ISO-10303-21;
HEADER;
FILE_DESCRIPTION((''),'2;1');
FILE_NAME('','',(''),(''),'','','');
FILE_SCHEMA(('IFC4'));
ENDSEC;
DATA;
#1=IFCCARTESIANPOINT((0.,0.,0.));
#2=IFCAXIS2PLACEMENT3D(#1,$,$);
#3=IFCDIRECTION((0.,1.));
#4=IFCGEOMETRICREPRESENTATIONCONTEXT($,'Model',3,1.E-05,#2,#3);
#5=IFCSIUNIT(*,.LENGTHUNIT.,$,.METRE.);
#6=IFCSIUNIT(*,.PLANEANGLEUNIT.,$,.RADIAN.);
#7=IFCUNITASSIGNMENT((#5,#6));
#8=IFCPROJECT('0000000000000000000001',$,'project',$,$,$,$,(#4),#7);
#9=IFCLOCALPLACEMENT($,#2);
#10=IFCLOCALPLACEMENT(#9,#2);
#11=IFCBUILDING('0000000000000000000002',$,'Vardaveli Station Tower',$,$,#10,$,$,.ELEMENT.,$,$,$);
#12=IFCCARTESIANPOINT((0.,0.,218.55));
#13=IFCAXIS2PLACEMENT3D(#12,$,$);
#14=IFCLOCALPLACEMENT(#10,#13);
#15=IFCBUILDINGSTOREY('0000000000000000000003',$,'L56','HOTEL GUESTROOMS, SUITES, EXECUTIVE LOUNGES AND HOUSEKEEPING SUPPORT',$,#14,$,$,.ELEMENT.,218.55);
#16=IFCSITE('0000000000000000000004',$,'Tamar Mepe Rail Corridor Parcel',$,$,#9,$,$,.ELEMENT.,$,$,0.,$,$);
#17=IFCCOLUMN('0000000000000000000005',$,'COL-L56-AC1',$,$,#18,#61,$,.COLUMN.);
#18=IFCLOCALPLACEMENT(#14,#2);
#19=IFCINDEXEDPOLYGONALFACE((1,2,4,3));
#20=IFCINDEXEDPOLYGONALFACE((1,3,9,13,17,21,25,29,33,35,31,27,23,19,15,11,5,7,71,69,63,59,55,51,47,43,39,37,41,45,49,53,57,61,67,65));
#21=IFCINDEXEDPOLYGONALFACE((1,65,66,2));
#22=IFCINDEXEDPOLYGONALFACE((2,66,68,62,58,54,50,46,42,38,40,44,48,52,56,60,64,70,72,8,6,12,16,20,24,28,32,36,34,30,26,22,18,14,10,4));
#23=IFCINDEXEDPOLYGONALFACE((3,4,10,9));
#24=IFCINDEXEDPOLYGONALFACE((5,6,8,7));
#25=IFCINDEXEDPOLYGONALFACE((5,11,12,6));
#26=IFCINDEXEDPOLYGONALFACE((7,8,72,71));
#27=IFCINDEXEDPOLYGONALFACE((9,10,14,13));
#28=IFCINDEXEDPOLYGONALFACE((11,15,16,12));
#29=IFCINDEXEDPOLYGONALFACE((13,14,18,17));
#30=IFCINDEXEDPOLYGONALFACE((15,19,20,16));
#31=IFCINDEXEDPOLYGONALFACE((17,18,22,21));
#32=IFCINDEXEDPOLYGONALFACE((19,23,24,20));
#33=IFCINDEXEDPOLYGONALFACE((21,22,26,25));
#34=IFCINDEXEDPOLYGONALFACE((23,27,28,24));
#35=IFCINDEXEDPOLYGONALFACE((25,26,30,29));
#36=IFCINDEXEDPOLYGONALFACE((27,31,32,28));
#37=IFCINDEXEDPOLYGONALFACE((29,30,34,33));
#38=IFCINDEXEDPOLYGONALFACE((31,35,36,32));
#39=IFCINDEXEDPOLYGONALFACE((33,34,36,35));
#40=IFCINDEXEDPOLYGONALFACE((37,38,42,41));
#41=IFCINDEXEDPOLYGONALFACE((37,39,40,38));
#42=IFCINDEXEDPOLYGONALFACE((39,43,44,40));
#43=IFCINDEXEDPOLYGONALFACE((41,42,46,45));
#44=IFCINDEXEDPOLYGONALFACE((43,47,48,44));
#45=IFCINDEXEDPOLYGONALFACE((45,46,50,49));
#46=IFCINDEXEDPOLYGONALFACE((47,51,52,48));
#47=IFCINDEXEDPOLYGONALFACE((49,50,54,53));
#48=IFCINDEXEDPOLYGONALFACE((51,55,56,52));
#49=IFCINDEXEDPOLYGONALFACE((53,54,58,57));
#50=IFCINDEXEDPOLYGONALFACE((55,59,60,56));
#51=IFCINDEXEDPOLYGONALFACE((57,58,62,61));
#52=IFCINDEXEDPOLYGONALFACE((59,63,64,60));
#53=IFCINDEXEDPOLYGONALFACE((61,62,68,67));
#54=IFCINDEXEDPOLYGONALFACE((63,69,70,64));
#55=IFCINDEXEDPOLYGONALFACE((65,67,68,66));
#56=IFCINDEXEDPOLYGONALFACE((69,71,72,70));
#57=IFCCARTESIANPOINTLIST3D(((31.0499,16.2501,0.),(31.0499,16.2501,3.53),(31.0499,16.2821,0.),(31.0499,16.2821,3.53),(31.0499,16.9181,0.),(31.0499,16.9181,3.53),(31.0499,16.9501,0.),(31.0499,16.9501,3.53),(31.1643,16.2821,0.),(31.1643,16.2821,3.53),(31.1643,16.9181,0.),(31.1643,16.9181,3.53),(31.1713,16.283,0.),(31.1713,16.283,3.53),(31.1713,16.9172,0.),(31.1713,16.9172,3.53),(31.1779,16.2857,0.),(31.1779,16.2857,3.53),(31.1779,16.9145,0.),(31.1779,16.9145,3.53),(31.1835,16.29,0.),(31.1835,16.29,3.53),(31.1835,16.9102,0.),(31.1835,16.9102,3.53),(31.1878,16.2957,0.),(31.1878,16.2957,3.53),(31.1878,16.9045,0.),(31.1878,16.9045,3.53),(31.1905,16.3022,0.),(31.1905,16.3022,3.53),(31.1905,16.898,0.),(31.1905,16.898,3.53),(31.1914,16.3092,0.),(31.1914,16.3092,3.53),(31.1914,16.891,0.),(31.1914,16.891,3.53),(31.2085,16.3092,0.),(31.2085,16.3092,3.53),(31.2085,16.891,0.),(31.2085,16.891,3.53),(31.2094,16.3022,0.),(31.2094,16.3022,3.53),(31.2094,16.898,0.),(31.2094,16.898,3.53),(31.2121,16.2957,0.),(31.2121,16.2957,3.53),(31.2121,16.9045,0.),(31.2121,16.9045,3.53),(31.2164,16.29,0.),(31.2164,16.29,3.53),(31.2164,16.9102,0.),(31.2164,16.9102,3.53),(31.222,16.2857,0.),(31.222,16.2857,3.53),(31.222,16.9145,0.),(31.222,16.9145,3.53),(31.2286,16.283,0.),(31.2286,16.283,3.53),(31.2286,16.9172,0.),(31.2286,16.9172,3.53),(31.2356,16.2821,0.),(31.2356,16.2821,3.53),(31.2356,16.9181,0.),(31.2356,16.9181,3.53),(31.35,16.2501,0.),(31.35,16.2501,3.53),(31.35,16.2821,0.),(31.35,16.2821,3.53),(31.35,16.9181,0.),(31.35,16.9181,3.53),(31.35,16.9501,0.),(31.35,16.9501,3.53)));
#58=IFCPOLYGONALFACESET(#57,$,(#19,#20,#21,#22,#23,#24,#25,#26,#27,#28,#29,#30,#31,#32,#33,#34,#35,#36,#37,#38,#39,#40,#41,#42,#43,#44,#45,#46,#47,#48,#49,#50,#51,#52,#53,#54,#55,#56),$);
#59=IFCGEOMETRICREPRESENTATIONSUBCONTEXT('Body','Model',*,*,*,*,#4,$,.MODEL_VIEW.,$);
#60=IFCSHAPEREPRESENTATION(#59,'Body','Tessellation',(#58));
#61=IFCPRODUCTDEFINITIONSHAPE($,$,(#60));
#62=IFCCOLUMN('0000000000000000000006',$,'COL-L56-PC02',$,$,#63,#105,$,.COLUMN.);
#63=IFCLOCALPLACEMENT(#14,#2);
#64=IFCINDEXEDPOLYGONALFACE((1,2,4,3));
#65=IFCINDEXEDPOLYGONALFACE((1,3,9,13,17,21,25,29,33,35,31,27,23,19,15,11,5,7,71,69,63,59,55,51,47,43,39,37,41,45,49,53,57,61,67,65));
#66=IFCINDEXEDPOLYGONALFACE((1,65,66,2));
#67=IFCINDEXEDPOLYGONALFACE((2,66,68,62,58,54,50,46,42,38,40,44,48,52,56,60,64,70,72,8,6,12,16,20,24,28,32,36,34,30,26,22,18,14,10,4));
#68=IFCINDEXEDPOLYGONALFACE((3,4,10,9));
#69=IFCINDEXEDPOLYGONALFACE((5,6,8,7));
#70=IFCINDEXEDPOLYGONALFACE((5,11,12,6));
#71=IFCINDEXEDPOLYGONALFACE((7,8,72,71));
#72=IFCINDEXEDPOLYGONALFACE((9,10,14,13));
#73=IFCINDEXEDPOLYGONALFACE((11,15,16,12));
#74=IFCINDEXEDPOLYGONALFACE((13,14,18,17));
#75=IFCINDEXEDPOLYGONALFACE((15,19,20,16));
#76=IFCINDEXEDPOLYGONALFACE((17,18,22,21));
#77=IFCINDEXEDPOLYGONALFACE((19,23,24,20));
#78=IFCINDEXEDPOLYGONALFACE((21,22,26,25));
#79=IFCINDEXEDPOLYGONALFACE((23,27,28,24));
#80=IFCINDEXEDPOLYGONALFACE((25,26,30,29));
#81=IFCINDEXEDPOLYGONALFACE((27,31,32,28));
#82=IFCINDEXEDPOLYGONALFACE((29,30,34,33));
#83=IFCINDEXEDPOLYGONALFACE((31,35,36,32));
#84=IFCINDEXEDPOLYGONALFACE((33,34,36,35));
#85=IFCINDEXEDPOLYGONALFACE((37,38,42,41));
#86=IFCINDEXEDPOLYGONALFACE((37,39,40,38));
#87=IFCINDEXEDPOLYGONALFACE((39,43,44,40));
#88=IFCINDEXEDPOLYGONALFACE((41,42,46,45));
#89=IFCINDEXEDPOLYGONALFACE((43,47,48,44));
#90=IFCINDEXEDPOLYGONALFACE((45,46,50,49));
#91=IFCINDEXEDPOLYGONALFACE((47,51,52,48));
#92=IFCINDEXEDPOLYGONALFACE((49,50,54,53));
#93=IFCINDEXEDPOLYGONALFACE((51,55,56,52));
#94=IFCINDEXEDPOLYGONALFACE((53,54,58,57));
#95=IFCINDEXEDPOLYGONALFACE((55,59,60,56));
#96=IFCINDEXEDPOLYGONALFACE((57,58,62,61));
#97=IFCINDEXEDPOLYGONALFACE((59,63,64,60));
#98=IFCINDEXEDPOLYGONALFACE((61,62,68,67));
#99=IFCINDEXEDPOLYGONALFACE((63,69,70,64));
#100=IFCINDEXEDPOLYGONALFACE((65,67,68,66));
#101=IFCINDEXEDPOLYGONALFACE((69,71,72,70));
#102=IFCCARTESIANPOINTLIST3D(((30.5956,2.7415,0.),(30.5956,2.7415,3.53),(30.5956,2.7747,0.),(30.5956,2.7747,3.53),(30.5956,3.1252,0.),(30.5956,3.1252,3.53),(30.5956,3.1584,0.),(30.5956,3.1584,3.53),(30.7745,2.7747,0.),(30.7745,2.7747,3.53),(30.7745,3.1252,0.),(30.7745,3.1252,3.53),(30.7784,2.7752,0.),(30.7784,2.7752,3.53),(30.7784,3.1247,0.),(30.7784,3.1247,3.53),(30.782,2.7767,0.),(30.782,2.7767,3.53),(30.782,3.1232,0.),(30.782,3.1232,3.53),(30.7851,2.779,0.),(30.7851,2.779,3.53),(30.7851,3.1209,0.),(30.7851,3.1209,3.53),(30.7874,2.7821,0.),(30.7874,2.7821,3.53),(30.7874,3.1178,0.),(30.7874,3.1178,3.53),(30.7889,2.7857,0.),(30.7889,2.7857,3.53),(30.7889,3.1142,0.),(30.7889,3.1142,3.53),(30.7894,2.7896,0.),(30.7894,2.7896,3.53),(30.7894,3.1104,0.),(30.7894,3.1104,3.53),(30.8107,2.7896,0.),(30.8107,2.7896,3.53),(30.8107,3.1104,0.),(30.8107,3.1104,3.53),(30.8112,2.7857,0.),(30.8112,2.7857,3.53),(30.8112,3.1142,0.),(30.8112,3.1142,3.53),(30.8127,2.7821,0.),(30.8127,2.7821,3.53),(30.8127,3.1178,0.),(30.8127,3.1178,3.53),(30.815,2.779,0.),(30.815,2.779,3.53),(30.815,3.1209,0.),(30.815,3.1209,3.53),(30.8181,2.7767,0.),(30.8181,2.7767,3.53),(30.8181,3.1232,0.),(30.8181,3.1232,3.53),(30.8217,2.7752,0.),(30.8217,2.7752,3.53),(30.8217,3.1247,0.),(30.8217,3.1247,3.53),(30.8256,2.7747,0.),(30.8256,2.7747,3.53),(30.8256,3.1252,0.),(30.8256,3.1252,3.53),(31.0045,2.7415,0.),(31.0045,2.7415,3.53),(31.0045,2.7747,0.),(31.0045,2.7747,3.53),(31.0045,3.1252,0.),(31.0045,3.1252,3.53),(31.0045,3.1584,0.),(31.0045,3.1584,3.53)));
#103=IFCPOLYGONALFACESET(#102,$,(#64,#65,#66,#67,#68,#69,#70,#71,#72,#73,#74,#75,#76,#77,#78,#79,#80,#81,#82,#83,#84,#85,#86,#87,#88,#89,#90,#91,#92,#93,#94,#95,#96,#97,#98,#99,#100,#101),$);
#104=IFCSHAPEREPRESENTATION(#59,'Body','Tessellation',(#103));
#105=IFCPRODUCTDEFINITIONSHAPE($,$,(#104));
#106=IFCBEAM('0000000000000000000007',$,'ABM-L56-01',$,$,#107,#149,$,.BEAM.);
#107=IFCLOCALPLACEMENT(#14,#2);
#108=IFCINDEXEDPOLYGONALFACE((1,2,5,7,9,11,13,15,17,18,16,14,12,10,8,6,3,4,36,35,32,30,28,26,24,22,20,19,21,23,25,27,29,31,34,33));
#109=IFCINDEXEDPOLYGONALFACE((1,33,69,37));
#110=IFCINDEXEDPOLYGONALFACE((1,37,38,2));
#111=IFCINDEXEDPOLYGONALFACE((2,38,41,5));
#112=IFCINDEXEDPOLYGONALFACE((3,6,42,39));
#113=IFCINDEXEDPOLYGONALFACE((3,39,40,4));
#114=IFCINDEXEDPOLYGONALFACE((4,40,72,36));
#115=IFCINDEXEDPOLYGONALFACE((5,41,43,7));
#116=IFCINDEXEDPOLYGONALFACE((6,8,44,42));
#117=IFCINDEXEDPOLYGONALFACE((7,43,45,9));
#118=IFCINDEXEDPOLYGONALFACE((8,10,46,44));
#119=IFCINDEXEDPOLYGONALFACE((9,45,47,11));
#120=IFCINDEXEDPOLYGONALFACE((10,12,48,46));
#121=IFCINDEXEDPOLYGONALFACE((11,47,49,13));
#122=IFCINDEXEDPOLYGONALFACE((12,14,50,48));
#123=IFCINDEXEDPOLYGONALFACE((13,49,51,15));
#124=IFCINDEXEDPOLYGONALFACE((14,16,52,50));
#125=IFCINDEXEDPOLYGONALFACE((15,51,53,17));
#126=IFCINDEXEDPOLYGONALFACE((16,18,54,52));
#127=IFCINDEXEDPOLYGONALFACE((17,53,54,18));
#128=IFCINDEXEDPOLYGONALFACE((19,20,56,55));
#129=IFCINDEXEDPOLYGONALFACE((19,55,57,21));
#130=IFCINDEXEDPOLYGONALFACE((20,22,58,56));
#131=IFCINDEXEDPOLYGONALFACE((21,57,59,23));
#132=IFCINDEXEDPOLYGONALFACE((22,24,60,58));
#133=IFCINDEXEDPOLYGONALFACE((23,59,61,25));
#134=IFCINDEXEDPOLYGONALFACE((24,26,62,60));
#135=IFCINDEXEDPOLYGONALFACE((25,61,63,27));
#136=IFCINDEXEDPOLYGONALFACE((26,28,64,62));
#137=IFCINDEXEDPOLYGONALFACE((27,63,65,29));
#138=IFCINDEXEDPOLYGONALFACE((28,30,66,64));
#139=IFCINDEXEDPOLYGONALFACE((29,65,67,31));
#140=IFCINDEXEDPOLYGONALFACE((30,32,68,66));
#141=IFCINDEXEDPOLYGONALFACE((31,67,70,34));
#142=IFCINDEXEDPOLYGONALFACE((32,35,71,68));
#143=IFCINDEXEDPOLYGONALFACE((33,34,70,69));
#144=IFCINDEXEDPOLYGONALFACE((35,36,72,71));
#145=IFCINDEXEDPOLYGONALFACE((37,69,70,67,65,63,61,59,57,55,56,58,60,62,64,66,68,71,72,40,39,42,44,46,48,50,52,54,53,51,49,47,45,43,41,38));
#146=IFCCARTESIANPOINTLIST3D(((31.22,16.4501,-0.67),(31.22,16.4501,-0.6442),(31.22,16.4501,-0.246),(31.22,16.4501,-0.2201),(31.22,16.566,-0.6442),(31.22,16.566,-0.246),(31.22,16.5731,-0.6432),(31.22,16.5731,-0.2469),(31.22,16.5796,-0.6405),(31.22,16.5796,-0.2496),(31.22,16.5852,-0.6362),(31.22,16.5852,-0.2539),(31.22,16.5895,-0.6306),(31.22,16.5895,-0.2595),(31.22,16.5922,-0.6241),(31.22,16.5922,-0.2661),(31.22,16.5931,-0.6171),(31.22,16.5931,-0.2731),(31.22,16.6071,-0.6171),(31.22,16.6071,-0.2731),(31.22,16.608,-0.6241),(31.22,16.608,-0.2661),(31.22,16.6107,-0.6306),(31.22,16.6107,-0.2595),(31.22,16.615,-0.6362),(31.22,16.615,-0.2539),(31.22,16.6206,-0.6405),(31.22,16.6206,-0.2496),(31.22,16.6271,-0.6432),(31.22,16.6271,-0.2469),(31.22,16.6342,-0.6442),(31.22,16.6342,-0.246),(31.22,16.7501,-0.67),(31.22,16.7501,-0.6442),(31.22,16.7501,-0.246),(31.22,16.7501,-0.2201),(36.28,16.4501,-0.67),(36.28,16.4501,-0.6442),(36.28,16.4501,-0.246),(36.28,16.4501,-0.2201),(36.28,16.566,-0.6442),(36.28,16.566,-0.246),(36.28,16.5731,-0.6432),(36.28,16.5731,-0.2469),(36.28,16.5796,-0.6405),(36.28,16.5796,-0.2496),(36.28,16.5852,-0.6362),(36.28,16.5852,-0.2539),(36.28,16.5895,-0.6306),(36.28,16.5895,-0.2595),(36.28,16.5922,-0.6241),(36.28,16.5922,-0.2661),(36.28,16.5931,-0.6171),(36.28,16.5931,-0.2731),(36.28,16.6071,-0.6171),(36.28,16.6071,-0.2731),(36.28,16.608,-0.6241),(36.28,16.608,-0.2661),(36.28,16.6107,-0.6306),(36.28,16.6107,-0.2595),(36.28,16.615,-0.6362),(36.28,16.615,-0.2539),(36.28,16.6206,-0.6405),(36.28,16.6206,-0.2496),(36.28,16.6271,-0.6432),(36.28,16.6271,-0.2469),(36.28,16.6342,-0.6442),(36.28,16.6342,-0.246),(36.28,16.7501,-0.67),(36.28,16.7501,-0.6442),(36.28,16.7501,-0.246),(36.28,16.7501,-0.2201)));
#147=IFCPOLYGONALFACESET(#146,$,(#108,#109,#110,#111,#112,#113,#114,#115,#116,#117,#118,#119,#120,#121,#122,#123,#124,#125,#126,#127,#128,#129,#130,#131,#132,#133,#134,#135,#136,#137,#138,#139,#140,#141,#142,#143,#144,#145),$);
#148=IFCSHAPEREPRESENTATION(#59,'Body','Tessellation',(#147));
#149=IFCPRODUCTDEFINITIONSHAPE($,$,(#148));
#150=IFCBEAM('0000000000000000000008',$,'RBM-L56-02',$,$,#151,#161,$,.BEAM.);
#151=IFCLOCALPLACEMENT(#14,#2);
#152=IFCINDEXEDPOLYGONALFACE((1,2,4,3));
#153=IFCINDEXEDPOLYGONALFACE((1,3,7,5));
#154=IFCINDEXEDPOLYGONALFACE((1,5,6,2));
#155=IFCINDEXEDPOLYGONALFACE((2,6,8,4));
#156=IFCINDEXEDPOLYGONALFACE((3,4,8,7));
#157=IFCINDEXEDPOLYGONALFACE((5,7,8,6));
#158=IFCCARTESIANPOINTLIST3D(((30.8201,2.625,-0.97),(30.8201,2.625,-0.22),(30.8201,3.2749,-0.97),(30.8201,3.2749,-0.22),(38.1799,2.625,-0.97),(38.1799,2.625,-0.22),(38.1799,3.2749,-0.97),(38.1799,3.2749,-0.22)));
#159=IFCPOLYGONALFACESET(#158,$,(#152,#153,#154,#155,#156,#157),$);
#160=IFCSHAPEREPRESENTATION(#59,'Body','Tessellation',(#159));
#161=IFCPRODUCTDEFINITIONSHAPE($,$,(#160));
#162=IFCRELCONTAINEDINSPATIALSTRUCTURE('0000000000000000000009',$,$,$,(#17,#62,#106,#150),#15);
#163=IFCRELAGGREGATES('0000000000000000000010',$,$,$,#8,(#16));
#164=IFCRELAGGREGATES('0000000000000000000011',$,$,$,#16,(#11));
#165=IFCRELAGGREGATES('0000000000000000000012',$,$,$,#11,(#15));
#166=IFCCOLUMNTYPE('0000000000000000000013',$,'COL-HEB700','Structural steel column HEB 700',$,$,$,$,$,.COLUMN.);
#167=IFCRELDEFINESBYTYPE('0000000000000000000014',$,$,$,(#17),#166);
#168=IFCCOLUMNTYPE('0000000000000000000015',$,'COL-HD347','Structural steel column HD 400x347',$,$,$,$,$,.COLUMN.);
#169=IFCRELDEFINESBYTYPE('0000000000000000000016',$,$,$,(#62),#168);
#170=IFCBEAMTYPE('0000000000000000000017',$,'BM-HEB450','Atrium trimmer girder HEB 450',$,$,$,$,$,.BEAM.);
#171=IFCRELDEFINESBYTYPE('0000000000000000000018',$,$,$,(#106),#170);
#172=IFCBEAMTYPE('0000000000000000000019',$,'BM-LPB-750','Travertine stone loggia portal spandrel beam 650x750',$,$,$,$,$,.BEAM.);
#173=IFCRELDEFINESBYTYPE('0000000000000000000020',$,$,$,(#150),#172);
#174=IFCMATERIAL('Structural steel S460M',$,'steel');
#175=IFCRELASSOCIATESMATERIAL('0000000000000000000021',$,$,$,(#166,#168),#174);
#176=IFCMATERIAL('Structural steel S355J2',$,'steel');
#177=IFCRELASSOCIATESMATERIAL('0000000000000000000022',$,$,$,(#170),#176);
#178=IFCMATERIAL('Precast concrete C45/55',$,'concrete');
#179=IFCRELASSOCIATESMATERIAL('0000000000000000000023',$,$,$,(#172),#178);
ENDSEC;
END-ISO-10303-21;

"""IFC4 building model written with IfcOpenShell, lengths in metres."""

from ifc_helpers import new_model, si_unit, direction, frame, origin, origin_2d, place, context, subcontext, project, spatial, rectangle, i_section, extrude, source, transform, mapped, material, material_profile, profile_set, type_object, element, save


model = new_model("IFC4")

# Units and contexts
model_context = context("Model", 3, precision=1e-05, world=origin(), true_north=direction((0.0, 1.0)))
body_context = subcontext(model_context, "Body", "Model", "MODEL_VIEW")
ifc_project = project(units=[si_unit("LENGTHUNIT", "METRE"), si_unit("PLANEANGLEUNIT", "RADIAN")], contexts=[model_context])

# Site, building, storey
site_placement = place(None, origin())
site = spatial("IfcSite", under=ifc_project, at=site_placement, Name="Tamar Mepe Rail Corridor Parcel", CompositionType="ELEMENT", RefElevation=0.0)
building_placement = place(site_placement, origin())
building = spatial("IfcBuilding", under=site, at=building_placement, Name="Vardaveli Station Tower", CompositionType="ELEMENT")
storey_placement = place(building_placement, frame((0.0, 0.0, 218.55)))
storey = spatial("IfcBuildingStorey", under=building, at=storey_placement, Name="L56", Description="HOTEL GUESTROOMS, SUITES, EXECUTIVE LOUNGES AND HOUSEKEEPING SUPPORT", CompositionType="ELEMENT", Elevation=218.55)

# Columns
ifc_material_1 = material(Name="Structural steel S460M", Category="steel")
ifc_material_profile_1 = material_profile(ifc_material_1, i_section(OverallWidth=0.3, OverallDepth=0.7, WebThickness=0.0171, FlangeThickness=0.032, FilletRadius=0.0271, at=origin_2d()), Name="HEB 700")
ifc_profile_set_1 = profile_set([ifc_material_profile_1], Name="Structural steel S460M")
column_type_1 = type_object("IfcColumnType", Name="COL-HEB700", Description="Structural steel column HEB 700", PredefinedType="COLUMN", material=ifc_profile_set_1)
shared_shape_1 = source(origin(), body_context, "Body", "SweptSolid", [
    extrude(i_section(OverallWidth=0.3, OverallDepth=0.7, WebThickness=0.0171, FlangeThickness=0.032, FilletRadius=0.0271, at=origin_2d()), origin(), (0.0, 0.0, 1.0), 3.53),
])
column_1_placement = place(storey_placement, frame((31.2, 16.6001, 0.0), z_axis=(0.0, 0.0, 1.0), x_axis=(1.0, 0.0, 0.0)))
element("IfcColumn", 1, at=column_1_placement, inside=storey, type_object=column_type_1, Name="COL-L56-AC1", PredefinedType="COLUMN", context=body_context, shape_type="MappedRepresentation", body=[
    mapped(shared_shape_1, transform((0.0, 0.0, 0.0), scale=1.0)),
])
ifc_material_profile_2 = material_profile(ifc_material_1, i_section(OverallWidth=0.4089, OverallDepth=0.417, WebThickness=0.0212, FlangeThickness=0.0332, FilletRadius=0.0149, at=origin_2d()), Name="HD 400x347")
ifc_profile_set_2 = profile_set([ifc_material_profile_2], Name="Structural steel S460M")
column_type_2 = type_object("IfcColumnType", Name="COL-HD347", Description="Structural steel column HD 400x347", PredefinedType="COLUMN", material=ifc_profile_set_2)
shared_shape_2 = source(origin(), body_context, "Body", "SweptSolid", [
    extrude(i_section(OverallWidth=0.4089, OverallDepth=0.417, WebThickness=0.0212, FlangeThickness=0.0332, FilletRadius=0.0149, at=origin_2d()), origin(), (0.0, 0.0, 1.0), 3.53),
])
column_2_placement = place(storey_placement, frame((30.8, 2.95, 0.0), z_axis=(0.0, 0.0, 1.0), x_axis=(1.0, 0.0, 0.0)))
element("IfcColumn", 2, at=column_2_placement, inside=storey, type_object=column_type_2, Name="COL-L56-PC02", PredefinedType="COLUMN", context=body_context, shape_type="MappedRepresentation", body=[
    mapped(shared_shape_2, transform((0.0, 0.0, 0.0), scale=1.0)),
])

# Beams
ifc_material_2 = material(Name="Structural steel S355J2", Category="steel")
ifc_material_profile_3 = material_profile(ifc_material_2, i_section(OverallWidth=0.3, OverallDepth=0.45, WebThickness=0.0139, FlangeThickness=0.0259, FilletRadius=0.0271, at=origin_2d()), Name="HEB 450")
ifc_profile_set_3 = profile_set([ifc_material_profile_3], Name="Structural steel S355J2")
beam_type_1 = type_object("IfcBeamType", Name="BM-HEB450", Description="Atrium trimmer girder HEB 450", PredefinedType="BEAM", material=ifc_profile_set_3)
shared_shape_3 = source(origin(), body_context, "Body", "SweptSolid", [
    extrude(i_section(OverallWidth=0.3, OverallDepth=0.45, WebThickness=0.0139, FlangeThickness=0.0259, FilletRadius=0.0271, at=origin_2d()), origin(), (0.0, 0.0, 1.0), 5.0601),
])
beam_1_placement = place(storey_placement, frame((31.22, 16.6001, -0.4451), z_axis=(1.0, 0.0, 0.0), x_axis=(0.0, 1.0, 0.0)))
element("IfcBeam", 3, at=beam_1_placement, inside=storey, type_object=beam_type_1, Name="ABM-L56-01", PredefinedType="BEAM", context=body_context, shape_type="MappedRepresentation", body=[
    mapped(shared_shape_3, transform((0.0, 0.0, 0.0), scale=1.0)),
])
ifc_material_3 = material(Name="Precast concrete C45/55", Category="concrete")
ifc_material_profile_4 = material_profile(ifc_material_3, rectangle(XDim=0.6499, YDim=0.75, at=origin_2d()), Name="LPB 650x750")
ifc_profile_set_4 = profile_set([ifc_material_profile_4], Name="Precast concrete C45/55")
beam_type_2 = type_object("IfcBeamType", Name="BM-LPB-750", Description="Travertine stone loggia portal spandrel beam 650x750", PredefinedType="BEAM", material=ifc_profile_set_4)
shared_shape_4 = source(origin(), body_context, "Body", "SweptSolid", [
    extrude(rectangle(XDim=0.6499, YDim=0.75, at=origin_2d()), origin(), (0.0, 0.0, 1.0), 7.3599),
])
beam_2_placement = place(storey_placement, frame((30.8201, 2.95, -0.595), z_axis=(1.0, 0.0, 0.0), x_axis=(0.0, 1.0, 0.0)))
element("IfcBeam", 4, at=beam_2_placement, inside=storey, type_object=beam_type_2, Name="RBM-L56-02", PredefinedType="BEAM", context=body_context, shape_type="MappedRepresentation", body=[
    mapped(shared_shape_4, transform((0.0, 0.0, 0.0), scale=1.0)),
])

save(model, "model.ifc")
